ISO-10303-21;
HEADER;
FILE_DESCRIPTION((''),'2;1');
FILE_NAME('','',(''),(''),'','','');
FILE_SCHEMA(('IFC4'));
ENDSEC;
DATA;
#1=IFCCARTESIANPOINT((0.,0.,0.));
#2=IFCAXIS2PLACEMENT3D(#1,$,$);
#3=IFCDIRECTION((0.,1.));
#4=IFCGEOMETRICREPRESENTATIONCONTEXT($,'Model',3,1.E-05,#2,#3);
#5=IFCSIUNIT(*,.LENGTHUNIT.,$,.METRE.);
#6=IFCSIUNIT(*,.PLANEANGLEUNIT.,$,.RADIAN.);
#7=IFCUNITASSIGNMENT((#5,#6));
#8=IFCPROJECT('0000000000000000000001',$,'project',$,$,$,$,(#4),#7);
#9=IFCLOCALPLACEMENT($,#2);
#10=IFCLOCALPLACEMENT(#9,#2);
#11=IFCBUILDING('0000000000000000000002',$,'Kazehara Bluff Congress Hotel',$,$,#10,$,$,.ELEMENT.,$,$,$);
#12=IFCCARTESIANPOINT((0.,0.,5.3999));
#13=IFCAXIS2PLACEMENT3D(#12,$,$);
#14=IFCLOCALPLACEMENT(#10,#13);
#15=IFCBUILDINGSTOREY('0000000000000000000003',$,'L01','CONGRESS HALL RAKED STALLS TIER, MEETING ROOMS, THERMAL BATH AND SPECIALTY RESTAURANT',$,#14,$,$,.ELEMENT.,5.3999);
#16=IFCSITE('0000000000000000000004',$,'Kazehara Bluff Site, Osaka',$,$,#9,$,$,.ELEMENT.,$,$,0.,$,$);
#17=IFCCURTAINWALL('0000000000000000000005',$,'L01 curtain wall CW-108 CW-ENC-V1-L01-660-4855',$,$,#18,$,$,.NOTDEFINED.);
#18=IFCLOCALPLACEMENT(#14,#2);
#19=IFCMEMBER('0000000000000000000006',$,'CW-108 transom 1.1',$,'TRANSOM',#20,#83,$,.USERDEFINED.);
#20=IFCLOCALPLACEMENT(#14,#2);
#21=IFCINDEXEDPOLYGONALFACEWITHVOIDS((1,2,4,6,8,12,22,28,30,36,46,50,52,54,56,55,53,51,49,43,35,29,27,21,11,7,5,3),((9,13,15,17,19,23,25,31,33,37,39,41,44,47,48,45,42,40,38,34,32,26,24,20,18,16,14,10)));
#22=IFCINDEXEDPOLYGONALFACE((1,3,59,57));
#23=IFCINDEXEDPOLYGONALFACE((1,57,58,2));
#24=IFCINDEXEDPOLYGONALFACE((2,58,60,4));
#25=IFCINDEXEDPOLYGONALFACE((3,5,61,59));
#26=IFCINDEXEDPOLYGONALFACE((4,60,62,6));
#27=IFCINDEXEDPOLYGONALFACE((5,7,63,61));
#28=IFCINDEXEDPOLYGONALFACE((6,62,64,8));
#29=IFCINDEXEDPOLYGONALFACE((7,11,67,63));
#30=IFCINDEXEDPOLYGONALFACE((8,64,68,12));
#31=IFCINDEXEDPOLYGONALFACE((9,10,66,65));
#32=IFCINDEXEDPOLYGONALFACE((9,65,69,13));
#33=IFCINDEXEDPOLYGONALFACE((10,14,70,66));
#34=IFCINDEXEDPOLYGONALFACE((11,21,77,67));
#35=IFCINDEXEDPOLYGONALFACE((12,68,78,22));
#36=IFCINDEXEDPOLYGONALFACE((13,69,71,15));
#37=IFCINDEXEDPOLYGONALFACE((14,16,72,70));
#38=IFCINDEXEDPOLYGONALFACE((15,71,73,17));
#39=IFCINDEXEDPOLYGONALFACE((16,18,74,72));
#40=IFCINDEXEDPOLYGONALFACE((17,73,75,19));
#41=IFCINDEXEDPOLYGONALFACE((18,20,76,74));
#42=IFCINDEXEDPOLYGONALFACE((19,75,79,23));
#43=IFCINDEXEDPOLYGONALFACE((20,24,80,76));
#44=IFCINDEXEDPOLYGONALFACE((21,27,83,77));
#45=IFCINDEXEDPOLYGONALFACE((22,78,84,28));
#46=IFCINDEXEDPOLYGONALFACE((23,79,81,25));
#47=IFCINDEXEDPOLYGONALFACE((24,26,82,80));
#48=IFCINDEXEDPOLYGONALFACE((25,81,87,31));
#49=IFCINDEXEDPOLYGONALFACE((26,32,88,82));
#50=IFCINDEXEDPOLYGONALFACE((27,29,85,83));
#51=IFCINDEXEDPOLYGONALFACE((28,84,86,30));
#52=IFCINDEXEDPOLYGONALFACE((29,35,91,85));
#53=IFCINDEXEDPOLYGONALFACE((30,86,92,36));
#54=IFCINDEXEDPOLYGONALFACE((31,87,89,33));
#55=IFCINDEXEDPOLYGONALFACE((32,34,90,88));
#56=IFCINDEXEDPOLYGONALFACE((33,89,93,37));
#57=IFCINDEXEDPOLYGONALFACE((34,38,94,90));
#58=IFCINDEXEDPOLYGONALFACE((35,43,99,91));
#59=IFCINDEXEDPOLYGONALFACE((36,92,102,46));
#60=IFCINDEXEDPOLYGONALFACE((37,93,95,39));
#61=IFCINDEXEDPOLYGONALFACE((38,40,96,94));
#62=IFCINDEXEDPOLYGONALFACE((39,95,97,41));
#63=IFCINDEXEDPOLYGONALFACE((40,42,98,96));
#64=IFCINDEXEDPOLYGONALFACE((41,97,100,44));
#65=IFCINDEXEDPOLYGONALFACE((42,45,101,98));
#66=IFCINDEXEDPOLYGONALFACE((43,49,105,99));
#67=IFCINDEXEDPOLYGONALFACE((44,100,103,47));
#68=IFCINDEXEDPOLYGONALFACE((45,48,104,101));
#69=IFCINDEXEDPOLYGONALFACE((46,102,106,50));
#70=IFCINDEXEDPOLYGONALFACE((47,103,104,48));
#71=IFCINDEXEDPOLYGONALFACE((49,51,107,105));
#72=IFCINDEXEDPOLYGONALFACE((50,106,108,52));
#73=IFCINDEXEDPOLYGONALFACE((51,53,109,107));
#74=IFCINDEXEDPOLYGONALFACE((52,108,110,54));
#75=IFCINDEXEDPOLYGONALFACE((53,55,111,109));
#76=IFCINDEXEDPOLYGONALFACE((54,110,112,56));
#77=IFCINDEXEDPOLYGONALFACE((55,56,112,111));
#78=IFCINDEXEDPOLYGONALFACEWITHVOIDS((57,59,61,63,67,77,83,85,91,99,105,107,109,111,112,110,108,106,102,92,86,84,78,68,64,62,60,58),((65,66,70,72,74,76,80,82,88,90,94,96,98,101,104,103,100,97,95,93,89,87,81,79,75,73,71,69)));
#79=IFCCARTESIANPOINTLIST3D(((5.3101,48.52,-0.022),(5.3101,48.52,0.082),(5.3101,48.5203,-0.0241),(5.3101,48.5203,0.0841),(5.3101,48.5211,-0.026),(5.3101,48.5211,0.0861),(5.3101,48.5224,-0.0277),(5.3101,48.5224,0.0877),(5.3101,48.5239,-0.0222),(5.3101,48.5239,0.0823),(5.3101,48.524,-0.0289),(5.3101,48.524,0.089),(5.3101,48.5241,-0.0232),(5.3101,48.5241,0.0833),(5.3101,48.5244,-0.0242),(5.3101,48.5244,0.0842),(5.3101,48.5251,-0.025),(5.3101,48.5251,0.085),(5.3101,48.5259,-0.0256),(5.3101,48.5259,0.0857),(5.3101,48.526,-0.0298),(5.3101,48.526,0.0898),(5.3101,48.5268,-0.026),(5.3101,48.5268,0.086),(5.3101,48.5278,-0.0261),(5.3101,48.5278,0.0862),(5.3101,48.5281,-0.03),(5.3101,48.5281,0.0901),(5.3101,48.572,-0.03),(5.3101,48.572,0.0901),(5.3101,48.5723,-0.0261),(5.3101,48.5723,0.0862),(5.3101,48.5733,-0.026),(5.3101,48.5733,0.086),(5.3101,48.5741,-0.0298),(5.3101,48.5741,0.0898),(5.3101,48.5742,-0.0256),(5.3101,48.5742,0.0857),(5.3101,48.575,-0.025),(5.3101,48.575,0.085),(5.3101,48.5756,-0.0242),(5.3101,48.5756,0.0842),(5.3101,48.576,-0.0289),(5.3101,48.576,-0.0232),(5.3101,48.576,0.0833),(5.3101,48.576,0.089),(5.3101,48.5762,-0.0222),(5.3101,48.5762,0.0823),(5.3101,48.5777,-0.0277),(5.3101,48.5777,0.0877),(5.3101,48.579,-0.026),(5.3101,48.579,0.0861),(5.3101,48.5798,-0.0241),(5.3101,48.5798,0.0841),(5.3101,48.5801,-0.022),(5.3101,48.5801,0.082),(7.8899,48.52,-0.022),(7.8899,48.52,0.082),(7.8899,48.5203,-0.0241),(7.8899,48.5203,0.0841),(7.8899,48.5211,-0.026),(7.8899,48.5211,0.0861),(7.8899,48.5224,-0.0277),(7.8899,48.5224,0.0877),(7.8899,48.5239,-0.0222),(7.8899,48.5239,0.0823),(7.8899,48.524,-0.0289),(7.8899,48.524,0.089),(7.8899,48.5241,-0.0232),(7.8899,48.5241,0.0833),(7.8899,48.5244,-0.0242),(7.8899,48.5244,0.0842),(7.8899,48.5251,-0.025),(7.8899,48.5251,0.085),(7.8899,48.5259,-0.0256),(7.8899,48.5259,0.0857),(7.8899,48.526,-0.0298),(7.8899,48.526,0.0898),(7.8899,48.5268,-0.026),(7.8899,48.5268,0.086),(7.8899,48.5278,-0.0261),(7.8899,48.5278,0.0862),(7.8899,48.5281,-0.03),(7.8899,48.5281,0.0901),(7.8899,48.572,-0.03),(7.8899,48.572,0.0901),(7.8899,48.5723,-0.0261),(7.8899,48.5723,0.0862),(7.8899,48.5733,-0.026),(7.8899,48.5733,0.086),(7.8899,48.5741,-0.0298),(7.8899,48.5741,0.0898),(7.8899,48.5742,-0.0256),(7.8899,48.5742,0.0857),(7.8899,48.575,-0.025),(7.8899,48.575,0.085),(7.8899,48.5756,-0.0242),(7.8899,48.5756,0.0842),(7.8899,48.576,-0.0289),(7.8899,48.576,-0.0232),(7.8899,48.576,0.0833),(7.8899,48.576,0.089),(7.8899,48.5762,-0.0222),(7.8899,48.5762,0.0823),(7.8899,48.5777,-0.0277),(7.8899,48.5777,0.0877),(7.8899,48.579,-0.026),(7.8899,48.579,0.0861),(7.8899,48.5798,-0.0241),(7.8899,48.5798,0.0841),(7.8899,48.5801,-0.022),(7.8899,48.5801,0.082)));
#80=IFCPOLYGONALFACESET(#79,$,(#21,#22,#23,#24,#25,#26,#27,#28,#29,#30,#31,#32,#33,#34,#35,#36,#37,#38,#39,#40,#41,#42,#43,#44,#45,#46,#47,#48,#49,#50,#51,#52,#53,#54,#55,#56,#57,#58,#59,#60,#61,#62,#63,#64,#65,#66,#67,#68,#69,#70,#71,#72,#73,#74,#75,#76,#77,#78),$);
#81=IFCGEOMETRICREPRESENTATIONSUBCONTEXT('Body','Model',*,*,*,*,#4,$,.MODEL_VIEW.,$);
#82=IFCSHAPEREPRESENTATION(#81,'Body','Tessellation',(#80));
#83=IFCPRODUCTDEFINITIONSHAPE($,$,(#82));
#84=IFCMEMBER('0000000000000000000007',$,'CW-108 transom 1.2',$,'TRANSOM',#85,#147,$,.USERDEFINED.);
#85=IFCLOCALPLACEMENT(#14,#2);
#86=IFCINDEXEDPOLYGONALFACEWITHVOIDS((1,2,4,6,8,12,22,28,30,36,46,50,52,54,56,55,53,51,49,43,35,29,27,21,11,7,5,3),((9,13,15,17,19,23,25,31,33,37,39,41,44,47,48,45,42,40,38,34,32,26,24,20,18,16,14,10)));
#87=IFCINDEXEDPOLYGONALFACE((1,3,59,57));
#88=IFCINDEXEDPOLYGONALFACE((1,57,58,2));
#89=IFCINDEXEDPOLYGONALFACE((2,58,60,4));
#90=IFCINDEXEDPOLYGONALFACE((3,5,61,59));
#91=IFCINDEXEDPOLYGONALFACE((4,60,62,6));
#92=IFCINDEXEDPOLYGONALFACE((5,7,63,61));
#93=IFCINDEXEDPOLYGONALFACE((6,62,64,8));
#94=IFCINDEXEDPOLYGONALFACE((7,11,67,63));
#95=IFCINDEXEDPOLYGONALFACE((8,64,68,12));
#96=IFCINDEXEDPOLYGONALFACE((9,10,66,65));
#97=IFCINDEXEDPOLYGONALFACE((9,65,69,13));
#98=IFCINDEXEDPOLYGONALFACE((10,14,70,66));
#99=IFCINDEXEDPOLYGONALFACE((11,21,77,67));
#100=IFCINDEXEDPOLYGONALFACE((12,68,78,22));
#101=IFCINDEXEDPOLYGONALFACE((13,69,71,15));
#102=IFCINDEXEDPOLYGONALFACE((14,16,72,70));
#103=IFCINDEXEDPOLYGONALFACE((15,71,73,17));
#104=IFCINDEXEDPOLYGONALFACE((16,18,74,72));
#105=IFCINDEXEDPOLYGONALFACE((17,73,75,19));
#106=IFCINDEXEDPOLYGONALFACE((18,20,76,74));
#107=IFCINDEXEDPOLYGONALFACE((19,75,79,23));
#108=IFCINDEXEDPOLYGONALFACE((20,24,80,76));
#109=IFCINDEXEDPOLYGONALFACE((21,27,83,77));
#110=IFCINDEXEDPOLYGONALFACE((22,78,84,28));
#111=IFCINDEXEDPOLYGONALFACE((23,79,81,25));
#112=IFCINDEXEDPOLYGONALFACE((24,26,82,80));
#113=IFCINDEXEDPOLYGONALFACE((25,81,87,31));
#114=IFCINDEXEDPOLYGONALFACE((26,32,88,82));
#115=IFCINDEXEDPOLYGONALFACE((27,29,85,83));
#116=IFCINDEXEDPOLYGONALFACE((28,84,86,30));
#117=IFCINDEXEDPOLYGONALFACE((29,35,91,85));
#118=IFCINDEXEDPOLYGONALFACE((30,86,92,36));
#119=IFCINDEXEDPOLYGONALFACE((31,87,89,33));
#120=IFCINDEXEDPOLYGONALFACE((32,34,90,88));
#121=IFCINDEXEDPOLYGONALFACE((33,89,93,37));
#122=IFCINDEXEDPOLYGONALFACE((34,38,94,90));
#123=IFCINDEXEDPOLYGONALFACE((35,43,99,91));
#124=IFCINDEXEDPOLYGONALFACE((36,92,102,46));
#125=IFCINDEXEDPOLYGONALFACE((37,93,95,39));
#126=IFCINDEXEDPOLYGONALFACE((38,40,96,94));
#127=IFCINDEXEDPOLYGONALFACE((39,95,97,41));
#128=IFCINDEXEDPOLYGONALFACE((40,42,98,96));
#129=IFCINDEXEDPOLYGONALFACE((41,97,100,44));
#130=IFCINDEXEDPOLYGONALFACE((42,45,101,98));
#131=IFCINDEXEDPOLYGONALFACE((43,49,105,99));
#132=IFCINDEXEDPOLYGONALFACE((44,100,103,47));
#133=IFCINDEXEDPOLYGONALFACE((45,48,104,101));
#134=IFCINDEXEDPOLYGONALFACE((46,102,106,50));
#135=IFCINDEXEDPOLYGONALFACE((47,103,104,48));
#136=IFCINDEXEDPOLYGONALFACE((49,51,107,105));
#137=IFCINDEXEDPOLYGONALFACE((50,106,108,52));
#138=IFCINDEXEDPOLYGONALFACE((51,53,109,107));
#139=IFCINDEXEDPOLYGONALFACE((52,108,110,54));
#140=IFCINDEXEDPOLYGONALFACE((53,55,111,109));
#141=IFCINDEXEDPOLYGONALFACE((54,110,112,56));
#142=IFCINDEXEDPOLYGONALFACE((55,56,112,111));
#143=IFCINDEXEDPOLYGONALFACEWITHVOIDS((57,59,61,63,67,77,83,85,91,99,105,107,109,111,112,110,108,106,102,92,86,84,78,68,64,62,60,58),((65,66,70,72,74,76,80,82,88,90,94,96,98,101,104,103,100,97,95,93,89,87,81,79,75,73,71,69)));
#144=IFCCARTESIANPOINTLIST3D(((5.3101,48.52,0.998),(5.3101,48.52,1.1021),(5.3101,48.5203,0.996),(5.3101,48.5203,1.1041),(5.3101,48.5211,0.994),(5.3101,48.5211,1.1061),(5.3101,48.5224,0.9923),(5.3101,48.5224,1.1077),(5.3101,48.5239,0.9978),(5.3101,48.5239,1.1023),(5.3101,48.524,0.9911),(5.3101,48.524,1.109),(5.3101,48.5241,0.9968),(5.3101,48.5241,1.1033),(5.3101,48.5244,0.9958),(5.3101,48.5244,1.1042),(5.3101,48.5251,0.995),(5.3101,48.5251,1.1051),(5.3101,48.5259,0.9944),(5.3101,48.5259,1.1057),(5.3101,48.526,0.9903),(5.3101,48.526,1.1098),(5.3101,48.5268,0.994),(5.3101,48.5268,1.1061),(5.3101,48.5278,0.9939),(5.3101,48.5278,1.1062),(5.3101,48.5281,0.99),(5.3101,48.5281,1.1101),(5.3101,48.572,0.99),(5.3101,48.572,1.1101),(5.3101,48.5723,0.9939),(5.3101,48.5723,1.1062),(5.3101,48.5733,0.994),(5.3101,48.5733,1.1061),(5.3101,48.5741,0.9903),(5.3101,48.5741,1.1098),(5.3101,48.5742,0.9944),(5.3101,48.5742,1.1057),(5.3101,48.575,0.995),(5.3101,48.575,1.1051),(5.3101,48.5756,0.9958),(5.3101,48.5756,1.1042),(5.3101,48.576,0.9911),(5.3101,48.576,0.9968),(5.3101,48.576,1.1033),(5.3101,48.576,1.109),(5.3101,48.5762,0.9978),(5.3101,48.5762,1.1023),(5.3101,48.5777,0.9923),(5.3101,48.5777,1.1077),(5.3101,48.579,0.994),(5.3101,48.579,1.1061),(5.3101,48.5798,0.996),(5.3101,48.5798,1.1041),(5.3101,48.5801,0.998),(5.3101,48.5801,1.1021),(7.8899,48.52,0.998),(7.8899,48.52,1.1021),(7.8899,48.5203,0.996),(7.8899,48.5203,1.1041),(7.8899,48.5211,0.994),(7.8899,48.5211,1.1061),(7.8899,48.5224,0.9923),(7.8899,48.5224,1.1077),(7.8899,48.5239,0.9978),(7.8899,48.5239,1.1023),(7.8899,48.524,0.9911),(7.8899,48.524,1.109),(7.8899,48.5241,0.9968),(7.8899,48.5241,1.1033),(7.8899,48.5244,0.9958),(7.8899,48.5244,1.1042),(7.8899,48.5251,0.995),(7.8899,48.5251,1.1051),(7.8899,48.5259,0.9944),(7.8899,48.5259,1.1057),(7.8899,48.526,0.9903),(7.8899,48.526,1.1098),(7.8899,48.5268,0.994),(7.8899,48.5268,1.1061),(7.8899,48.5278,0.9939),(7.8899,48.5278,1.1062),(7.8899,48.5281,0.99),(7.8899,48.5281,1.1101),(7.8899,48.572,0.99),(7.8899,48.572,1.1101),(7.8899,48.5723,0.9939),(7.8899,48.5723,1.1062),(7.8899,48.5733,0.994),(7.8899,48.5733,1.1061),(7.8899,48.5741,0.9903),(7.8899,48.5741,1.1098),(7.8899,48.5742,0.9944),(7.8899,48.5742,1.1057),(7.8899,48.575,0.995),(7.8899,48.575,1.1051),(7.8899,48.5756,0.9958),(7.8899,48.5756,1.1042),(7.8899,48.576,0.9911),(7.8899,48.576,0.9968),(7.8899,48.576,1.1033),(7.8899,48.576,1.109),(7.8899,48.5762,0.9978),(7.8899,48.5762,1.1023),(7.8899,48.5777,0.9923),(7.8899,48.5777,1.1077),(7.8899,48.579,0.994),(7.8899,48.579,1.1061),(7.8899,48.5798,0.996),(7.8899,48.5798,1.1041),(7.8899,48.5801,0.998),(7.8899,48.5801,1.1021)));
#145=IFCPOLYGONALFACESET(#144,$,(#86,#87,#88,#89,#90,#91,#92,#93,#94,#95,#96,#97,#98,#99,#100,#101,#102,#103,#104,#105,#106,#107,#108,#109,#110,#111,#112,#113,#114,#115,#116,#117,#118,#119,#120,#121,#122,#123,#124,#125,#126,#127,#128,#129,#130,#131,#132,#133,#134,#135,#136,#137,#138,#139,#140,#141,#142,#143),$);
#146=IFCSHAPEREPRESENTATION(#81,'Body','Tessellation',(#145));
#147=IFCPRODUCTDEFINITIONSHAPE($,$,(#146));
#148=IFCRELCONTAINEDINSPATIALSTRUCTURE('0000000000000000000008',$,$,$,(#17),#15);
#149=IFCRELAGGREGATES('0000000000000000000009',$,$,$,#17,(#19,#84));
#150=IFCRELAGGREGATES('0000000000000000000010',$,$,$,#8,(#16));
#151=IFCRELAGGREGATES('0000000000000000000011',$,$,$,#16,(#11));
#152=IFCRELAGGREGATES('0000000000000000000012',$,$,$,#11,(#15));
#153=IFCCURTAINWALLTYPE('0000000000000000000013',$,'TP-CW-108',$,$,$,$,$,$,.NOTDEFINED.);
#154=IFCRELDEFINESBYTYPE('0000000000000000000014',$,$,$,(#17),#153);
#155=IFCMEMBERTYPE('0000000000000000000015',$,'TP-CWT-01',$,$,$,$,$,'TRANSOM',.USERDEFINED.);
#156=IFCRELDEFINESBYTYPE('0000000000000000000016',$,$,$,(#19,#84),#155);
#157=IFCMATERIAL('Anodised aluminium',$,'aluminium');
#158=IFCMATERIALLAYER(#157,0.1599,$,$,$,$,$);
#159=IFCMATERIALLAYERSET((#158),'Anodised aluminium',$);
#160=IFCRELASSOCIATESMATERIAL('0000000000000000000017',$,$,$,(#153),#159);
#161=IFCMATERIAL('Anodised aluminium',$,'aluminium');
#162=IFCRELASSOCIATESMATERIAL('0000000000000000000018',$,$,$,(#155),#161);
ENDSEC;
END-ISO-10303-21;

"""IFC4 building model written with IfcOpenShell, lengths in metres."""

from ifc_helpers import new_model, si_unit, direction, frame, origin, origin_2d, place, context, subcontext, project, spatial, hollow_rectangle, extrude, material, layer, layer_set, material_profile, profile_set, type_object, element, aggregate, save


model = new_model("IFC4")

# Units and contexts
model_context = context("Model", 3, precision=1e-05, world=origin(), true_north=direction((0.0, 1.0)))
body_context = subcontext(model_context, "Body", "Model", "MODEL_VIEW")
ifc_project = project(units=[si_unit("LENGTHUNIT", "METRE"), si_unit("PLANEANGLEUNIT", "RADIAN")], contexts=[model_context])

# Site, building, storey
site_placement = place(None, origin())
site = spatial("IfcSite", under=ifc_project, at=site_placement, Name="Kazehara Bluff Site, Osaka", CompositionType="ELEMENT", RefElevation=0.0)
building_placement = place(site_placement, origin())
building = spatial("IfcBuilding", under=site, at=building_placement, Name="Kazehara Bluff Congress Hotel", CompositionType="ELEMENT")
storey_placement = place(building_placement, frame((0.0, 0.0, 5.3999)))
storey = spatial("IfcBuildingStorey", under=building, at=storey_placement, Name="L01", Description="CONGRESS HALL RAKED STALLS TIER, MEETING ROOMS, THERMAL BATH AND SPECIALTY RESTAURANT", CompositionType="ELEMENT", Elevation=5.3999)

# Curtain wall, members
ifc_material_1 = material(Name="Anodised aluminium", Category="aluminium")
ifc_layer_1 = layer(ifc_material_1, 0.1599)
ifc_layer_set_1 = layer_set([ifc_layer_1], Name="Anodised aluminium")
curtain_wall_type = type_object("IfcCurtainWallType", Name="TP-CW-108", PredefinedType="NOTDEFINED", material=ifc_layer_set_1)
curtain_wall_placement = place(storey_placement, origin())
curtain_wall = element("IfcCurtainWall", 1, at=curtain_wall_placement, inside=storey, type_object=curtain_wall_type, Name="L01 curtain wall CW-108 CW-ENC-V1-L01-660-4855", PredefinedType="NOTDEFINED")
ifc_material_2 = material(Name="Anodised aluminium", Category="aluminium")
ifc_material_profile_1 = material_profile(ifc_material_2, hollow_rectangle(XDim=0.0601, YDim=0.1201, WallThickness=0.0039, InnerFilletRadius=0.0039, OuterFilletRadius=0.0081, at=origin_2d()))
ifc_profile_set_1 = profile_set([ifc_material_profile_1], Name="Anodised aluminium")
member_type_1 = type_object("IfcMemberType", Name="TP-CWT-01", ElementType="TRANSOM", PredefinedType="USERDEFINED", material=ifc_profile_set_1)
member_1_placement = place(storey_placement, frame((7.8899, 48.55, 0.03), z_axis=(-1.0, 0.0, 0.0), x_axis=(0.0, -1.0, 0.0)))
member_1 = element("IfcMember", 2, at=member_1_placement, type_object=member_type_1, Name="CW-108 transom 1.1", ObjectType="TRANSOM", PredefinedType="USERDEFINED", context=body_context, shape_type="SweptSolid", body=[
    extrude(hollow_rectangle(XDim=0.0601, YDim=0.1201, WallThickness=0.0039, InnerFilletRadius=0.0039, OuterFilletRadius=0.0081, at=origin_2d()), origin(), (0.0, 0.0, 1.0), 2.5798),
])
member_2_placement = place(storey_placement, frame((7.8899, 48.55, 1.05), z_axis=(-1.0, 0.0, 0.0), x_axis=(0.0, -1.0, 0.0)))
member_2 = element("IfcMember", 3, at=member_2_placement, type_object=member_type_1, Name="CW-108 transom 1.2", ObjectType="TRANSOM", PredefinedType="USERDEFINED", context=body_context, shape_type="SweptSolid", body=[
    extrude(hollow_rectangle(XDim=0.0601, YDim=0.1201, WallThickness=0.0039, InnerFilletRadius=0.0039, OuterFilletRadius=0.0081, at=origin_2d()), origin(), (0.0, 0.0, 1.0), 2.5798),
])

aggregate(curtain_wall, [member_1, member_2])

save(model, "model.ifc")
